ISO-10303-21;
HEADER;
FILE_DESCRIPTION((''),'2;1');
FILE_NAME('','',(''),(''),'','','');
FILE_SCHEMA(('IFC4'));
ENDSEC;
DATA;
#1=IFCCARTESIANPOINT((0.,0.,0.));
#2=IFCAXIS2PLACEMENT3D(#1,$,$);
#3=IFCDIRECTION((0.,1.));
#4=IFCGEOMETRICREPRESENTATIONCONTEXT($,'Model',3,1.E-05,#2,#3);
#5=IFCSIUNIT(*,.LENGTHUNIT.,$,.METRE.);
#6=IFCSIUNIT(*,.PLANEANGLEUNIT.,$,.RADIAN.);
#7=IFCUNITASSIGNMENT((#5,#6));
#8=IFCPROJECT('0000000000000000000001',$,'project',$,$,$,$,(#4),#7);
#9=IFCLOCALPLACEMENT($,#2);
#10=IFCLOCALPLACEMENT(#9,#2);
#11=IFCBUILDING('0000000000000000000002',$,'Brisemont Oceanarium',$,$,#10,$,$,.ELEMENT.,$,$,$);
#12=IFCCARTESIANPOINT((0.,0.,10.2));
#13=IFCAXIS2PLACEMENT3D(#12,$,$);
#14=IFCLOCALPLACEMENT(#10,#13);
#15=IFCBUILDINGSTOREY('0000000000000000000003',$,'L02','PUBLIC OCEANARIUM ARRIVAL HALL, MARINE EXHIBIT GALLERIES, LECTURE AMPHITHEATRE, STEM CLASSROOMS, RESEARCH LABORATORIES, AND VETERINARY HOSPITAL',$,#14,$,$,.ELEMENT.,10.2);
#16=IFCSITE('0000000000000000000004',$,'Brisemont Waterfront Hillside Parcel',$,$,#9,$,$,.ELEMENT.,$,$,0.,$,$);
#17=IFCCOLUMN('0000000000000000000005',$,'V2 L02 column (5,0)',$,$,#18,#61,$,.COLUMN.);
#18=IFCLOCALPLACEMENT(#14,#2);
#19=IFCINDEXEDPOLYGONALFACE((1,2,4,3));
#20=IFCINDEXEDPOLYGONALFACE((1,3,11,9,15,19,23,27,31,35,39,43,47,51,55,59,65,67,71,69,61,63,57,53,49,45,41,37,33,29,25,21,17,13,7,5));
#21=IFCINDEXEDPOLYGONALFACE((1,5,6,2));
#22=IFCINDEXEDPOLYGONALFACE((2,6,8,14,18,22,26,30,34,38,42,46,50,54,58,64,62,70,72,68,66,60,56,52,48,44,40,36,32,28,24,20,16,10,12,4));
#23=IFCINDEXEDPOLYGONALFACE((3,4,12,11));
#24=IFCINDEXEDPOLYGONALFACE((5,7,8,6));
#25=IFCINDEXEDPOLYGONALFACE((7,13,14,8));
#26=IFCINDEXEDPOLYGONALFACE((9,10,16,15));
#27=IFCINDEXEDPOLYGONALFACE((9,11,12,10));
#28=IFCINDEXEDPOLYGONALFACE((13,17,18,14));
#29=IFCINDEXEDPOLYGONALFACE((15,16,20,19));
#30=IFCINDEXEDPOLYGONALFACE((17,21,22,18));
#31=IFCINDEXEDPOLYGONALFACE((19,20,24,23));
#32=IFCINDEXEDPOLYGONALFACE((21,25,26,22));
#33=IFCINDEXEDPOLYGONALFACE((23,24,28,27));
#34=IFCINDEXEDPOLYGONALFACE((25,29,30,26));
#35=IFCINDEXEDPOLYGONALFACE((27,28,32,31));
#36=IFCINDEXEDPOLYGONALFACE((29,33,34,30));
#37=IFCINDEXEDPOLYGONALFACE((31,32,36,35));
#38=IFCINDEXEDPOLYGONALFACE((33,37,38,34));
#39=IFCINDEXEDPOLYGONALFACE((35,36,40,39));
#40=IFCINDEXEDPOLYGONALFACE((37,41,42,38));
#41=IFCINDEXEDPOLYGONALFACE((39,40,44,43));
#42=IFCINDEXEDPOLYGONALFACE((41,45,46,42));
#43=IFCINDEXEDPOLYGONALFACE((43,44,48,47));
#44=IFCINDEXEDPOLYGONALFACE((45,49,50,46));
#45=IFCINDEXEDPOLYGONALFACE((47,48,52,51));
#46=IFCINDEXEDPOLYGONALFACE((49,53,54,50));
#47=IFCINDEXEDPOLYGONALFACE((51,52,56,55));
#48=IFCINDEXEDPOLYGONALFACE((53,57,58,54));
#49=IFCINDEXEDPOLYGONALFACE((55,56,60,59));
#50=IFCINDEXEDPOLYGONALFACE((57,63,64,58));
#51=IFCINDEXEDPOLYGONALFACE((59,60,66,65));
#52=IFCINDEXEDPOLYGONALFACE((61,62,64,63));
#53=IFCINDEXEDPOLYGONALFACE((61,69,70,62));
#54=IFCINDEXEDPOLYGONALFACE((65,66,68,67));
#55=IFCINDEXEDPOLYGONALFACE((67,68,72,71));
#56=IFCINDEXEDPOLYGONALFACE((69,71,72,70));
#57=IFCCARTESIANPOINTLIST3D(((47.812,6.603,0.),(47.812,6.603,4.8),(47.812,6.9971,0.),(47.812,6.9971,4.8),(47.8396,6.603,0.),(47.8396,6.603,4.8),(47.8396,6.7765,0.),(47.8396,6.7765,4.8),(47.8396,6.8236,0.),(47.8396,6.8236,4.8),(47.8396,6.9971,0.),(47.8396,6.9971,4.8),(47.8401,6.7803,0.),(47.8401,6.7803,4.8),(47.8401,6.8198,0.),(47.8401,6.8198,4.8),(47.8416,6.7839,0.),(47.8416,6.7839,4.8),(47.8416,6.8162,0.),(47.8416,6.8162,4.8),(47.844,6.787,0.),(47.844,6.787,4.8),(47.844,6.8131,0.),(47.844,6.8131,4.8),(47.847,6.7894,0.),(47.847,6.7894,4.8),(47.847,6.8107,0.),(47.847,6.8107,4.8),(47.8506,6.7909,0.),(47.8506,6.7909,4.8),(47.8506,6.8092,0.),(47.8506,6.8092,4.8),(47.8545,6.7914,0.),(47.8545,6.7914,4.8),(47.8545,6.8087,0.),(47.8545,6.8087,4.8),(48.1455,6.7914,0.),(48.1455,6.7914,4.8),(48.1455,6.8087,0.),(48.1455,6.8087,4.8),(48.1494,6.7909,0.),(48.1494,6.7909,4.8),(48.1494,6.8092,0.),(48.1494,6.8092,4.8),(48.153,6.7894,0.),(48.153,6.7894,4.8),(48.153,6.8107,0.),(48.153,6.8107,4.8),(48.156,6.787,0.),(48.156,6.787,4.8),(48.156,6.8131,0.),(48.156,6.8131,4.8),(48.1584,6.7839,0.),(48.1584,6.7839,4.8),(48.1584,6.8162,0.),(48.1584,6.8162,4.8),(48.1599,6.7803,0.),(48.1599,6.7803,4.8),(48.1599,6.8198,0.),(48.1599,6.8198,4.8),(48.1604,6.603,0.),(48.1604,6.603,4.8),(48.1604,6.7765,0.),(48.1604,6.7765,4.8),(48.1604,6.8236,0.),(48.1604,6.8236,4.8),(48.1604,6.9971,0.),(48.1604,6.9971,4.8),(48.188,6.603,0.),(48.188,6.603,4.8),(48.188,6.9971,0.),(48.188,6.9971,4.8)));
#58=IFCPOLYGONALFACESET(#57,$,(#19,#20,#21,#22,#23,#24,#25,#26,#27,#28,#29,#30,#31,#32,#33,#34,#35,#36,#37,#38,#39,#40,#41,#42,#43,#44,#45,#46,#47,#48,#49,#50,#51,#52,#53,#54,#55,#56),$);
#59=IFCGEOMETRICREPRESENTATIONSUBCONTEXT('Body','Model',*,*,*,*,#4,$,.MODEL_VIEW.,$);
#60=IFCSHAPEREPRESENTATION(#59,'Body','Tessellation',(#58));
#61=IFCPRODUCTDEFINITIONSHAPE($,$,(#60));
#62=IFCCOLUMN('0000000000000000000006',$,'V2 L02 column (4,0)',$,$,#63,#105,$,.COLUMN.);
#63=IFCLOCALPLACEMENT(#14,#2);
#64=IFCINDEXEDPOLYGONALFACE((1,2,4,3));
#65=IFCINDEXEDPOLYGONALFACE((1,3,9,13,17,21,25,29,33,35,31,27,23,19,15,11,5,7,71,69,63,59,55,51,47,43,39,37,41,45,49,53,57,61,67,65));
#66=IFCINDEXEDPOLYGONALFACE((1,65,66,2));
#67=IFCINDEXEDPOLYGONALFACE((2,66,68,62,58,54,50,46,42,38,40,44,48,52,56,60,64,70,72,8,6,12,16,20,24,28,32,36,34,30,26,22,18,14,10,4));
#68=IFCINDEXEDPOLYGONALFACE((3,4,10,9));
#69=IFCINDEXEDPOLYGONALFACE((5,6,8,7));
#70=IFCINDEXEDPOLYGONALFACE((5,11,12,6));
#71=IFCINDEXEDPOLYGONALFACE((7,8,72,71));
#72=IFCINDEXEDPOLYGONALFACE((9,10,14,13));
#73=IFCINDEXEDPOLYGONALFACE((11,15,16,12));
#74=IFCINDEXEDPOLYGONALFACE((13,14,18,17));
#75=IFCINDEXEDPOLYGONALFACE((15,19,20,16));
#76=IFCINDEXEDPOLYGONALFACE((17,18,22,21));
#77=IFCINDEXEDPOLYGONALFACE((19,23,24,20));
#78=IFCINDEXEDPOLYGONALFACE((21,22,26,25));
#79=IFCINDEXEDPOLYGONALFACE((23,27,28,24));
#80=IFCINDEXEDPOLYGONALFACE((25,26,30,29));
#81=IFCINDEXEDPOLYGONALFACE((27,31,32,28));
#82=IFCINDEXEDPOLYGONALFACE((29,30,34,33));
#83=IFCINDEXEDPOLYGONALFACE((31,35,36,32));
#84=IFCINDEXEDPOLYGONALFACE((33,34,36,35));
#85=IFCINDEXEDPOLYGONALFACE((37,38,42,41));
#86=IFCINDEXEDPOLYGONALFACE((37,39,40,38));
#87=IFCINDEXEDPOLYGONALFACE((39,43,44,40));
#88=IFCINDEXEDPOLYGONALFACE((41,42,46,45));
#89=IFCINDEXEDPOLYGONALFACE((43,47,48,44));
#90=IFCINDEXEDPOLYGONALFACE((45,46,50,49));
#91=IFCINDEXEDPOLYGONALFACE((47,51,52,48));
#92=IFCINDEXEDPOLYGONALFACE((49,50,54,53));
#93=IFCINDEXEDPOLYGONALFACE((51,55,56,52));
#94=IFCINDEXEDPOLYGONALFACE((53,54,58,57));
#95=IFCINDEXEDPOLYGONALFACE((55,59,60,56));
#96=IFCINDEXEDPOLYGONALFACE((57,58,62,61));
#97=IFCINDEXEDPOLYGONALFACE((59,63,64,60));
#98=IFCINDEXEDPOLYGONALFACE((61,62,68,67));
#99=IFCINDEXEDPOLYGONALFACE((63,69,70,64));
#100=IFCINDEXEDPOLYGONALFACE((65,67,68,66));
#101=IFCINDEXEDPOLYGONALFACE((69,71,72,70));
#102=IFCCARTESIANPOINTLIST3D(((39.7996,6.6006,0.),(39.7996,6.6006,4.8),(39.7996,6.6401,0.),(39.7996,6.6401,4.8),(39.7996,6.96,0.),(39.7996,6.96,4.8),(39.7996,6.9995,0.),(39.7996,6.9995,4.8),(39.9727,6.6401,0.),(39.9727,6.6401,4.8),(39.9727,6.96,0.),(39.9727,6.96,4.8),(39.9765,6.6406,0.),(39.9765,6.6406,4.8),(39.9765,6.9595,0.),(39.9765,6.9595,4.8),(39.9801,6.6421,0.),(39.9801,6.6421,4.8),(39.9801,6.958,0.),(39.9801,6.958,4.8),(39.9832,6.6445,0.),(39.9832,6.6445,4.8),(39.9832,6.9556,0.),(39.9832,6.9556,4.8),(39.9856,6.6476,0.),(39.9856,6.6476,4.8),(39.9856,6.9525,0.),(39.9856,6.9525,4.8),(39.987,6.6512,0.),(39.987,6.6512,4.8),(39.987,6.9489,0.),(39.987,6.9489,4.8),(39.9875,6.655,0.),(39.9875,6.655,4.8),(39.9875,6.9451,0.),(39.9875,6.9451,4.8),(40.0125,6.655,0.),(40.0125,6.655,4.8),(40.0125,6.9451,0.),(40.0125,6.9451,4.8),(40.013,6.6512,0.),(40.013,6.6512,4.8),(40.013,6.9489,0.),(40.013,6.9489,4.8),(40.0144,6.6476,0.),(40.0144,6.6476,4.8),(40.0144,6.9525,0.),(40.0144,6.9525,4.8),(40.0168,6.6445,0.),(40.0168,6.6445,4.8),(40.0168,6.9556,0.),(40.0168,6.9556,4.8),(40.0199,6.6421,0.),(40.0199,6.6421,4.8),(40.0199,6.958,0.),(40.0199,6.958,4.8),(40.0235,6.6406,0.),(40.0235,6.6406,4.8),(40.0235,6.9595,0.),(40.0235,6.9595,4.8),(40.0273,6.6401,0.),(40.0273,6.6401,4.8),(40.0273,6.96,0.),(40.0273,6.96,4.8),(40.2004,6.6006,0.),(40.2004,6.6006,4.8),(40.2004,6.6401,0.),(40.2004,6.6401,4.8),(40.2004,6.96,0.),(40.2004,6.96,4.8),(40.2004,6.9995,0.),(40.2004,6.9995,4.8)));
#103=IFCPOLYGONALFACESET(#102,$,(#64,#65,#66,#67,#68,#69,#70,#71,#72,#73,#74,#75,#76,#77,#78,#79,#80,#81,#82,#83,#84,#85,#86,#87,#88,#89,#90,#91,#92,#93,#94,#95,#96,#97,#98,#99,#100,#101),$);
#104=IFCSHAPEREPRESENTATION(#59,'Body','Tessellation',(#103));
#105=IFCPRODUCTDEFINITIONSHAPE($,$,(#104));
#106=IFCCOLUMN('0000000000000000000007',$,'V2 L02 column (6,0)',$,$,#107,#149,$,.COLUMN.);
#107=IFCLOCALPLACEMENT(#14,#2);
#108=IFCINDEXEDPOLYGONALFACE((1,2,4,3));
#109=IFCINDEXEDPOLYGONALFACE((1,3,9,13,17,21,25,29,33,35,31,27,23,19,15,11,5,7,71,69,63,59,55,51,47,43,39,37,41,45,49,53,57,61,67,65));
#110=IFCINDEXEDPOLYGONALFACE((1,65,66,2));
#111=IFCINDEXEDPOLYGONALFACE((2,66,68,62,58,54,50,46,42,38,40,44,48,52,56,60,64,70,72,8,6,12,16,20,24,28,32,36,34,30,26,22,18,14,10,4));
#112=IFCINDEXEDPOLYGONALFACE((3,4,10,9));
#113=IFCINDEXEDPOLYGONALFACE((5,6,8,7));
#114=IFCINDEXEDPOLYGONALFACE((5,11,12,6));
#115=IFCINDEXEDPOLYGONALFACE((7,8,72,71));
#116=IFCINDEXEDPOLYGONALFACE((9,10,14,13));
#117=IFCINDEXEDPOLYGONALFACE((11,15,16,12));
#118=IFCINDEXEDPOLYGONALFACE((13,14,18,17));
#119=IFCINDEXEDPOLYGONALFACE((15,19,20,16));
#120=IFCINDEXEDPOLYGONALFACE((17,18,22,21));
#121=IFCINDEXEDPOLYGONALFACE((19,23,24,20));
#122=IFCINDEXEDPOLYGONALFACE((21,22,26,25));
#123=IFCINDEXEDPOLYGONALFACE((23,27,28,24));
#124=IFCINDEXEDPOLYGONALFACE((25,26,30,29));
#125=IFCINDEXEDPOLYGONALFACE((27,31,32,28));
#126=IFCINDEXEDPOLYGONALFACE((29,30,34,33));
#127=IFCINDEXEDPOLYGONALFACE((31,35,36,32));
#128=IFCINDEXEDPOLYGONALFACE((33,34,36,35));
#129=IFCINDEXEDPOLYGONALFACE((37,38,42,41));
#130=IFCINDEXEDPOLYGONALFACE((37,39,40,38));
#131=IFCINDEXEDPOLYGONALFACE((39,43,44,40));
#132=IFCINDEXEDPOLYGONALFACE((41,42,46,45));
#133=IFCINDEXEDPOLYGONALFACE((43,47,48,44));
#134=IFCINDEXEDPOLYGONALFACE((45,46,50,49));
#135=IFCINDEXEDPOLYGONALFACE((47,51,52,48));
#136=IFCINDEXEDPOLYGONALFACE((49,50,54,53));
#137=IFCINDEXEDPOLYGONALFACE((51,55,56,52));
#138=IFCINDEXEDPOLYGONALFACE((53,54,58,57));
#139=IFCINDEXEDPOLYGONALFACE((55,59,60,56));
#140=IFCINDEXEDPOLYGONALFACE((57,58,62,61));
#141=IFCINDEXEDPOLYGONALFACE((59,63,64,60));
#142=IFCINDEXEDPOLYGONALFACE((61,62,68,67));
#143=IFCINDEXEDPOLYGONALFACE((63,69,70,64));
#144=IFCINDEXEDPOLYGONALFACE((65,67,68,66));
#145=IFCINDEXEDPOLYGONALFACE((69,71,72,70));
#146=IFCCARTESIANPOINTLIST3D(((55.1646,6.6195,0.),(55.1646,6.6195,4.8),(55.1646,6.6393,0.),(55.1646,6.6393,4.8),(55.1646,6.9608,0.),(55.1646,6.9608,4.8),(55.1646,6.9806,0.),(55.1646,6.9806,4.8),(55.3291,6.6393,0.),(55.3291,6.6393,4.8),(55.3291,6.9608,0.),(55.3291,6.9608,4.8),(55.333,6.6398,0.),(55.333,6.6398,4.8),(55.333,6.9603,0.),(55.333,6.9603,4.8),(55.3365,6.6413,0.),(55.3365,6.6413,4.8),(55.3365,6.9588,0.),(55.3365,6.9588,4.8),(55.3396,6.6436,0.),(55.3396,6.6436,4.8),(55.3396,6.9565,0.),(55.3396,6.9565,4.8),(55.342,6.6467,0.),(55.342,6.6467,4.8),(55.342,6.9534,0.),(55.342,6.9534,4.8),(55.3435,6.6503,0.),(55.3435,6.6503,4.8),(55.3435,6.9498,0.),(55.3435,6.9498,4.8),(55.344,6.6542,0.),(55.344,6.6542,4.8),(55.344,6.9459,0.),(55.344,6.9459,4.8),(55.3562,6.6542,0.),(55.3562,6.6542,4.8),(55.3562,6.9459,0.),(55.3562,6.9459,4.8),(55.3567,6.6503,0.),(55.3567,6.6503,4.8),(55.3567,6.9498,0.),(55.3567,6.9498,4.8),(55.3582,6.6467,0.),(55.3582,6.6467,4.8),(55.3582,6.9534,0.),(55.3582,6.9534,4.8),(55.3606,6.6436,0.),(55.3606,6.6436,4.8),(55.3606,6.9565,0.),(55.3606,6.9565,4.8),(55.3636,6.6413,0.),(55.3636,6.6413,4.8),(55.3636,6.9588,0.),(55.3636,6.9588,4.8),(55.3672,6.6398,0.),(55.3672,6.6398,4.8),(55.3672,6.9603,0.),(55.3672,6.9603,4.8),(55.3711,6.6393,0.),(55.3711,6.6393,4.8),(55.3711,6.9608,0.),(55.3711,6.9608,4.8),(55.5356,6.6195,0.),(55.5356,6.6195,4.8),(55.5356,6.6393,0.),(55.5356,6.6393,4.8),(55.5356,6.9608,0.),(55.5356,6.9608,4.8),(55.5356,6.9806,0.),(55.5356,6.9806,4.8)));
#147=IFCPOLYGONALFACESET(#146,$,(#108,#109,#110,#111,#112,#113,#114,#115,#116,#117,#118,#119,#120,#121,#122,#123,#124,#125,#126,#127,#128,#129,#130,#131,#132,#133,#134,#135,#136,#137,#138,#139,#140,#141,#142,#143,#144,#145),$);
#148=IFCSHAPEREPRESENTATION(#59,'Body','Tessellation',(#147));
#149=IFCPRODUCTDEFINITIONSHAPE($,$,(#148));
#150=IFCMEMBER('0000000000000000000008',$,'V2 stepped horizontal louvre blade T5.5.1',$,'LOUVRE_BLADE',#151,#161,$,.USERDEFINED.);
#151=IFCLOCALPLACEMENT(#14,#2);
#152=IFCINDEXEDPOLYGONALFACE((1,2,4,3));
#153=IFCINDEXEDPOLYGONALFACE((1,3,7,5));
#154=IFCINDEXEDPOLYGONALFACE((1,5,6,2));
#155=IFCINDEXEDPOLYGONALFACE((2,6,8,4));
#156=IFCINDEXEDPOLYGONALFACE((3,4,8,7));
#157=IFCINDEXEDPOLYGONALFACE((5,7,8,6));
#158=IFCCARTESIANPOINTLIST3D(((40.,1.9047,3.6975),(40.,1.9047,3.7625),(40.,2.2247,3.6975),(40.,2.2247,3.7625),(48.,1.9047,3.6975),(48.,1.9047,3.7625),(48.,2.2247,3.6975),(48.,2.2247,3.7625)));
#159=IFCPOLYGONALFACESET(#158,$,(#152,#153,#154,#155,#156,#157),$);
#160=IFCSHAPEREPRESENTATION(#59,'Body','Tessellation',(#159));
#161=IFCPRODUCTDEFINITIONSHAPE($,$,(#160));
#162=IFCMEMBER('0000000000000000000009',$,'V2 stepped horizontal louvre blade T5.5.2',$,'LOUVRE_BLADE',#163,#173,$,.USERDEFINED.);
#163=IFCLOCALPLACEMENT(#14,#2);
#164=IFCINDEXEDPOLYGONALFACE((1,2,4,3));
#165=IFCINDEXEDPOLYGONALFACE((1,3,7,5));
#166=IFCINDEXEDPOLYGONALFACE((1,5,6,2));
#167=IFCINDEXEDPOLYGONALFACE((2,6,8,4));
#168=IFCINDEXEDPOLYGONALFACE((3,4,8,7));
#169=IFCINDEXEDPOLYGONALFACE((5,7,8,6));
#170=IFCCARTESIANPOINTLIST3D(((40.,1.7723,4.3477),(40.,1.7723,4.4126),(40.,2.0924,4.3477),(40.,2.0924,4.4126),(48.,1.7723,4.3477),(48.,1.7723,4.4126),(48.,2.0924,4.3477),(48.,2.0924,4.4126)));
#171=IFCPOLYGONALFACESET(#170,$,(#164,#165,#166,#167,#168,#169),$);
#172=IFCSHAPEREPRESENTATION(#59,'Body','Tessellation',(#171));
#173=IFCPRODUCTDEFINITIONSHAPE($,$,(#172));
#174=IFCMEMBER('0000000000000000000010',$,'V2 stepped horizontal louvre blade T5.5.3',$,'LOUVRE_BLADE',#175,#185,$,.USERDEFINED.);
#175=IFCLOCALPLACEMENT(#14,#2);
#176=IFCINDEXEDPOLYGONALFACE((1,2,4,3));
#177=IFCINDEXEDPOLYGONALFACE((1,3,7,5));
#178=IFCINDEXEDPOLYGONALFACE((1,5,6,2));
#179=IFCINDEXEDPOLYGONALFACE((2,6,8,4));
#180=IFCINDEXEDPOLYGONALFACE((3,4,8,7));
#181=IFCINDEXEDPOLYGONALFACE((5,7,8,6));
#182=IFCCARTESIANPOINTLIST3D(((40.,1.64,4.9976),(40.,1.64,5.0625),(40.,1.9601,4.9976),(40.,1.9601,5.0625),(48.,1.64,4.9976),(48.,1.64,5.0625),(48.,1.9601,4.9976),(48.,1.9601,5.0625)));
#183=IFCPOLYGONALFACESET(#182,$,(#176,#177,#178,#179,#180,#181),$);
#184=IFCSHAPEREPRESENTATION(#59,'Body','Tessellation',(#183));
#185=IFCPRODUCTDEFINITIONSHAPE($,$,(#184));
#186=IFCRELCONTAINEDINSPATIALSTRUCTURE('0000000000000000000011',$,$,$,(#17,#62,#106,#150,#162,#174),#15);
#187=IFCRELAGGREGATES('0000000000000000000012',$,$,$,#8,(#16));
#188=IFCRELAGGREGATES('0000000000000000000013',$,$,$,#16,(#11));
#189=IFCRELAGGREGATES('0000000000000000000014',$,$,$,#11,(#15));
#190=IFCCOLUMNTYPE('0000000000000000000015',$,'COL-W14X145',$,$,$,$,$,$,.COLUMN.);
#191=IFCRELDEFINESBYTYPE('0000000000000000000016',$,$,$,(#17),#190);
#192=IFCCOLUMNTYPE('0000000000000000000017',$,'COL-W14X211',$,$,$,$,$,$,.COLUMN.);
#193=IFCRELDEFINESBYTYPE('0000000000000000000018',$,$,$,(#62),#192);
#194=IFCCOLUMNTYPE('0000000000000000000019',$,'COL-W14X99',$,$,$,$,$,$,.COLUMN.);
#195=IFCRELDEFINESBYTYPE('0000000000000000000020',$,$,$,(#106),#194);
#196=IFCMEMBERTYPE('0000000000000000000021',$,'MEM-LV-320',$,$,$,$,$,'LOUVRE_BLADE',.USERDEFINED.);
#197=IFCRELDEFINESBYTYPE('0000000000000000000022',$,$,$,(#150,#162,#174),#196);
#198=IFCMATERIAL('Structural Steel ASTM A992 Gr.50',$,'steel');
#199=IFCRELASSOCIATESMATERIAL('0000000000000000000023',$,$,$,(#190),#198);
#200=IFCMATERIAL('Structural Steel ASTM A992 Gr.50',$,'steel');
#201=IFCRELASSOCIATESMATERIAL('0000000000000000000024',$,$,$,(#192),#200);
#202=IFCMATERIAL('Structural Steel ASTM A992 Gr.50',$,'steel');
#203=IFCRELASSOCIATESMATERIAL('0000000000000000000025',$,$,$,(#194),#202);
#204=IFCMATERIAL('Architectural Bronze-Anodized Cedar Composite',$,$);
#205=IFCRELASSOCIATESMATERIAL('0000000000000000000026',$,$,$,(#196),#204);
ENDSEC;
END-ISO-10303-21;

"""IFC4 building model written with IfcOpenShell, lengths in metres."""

from ifc_helpers import new_model, si_unit, direction, frame, origin, origin_2d, place, context, subcontext, project, spatial, rectangle, i_section, extrude, material, material_profile, profile_set, type_object, element, save


model = new_model("IFC4")

# Units and contexts
model_context = context("Model", 3, precision=1e-05, world=origin(), true_north=direction((0.0, 1.0)))
body_context = subcontext(model_context, "Body", "Model", "MODEL_VIEW")
ifc_project = project(units=[si_unit("LENGTHUNIT", "METRE"), si_unit("PLANEANGLEUNIT", "RADIAN")], contexts=[model_context])

# Site, building, storey
site_placement = place(None, origin())
site = spatial("IfcSite", under=ifc_project, at=site_placement, Name="Brisemont Waterfront Hillside Parcel", CompositionType="ELEMENT", RefElevation=0.0)
building_placement = place(site_placement, origin())
building = spatial("IfcBuilding", under=site, at=building_placement, Name="Brisemont Oceanarium", CompositionType="ELEMENT")
storey_placement = place(building_placement, frame((0.0, 0.0, 10.2)))
storey = spatial("IfcBuildingStorey", under=building, at=storey_placement, Name="L02", Description="PUBLIC OCEANARIUM ARRIVAL HALL, MARINE EXHIBIT GALLERIES, LECTURE AMPHITHEATRE, STEM CLASSROOMS, RESEARCH LABORATORIES, AND VETERINARY HOSPITAL", CompositionType="ELEMENT", Elevation=10.2)

# Columns
ifc_material_1 = material(Name="Structural Steel ASTM A992 Gr.50", Category="steel")
ifc_material_profile_1 = material_profile(ifc_material_1, i_section(OverallWidth=0.394, OverallDepth=0.376, WebThickness=0.0173, FlangeThickness=0.0276, FilletRadius=0.0149, at=origin_2d()), Name="W14X145")
ifc_profile_set_1 = profile_set([ifc_material_profile_1], Name="Structural Steel ASTM A992 Gr.50")
column_type_1 = type_object("IfcColumnType", Name="COL-W14X145", PredefinedType="COLUMN", material=ifc_profile_set_1)
column_1_placement = place(storey_placement, frame((48.0, 6.8, 0.0), z_axis=(0.0, 0.0, 1.0), x_axis=(0.0, 1.0, 0.0)))
element("IfcColumn", 1, at=column_1_placement, inside=storey, type_object=column_type_1, Name="V2 L02 column (5,0)", PredefinedType="COLUMN", context=body_context, shape_type="SweptSolid", body=[
    extrude(i_section(OverallWidth=0.394, OverallDepth=0.376, WebThickness=0.0173, FlangeThickness=0.0276, FilletRadius=0.0149, at=origin_2d()), origin(), (0.0, 0.0, 1.0), 4.8),
])
ifc_material_2 = material(Name="Structural Steel ASTM A992 Gr.50", Category="steel")
ifc_material_profile_2 = material_profile(ifc_material_2, i_section(OverallWidth=0.4009, OverallDepth=0.3989, WebThickness=0.0249, FlangeThickness=0.0396, FilletRadius=0.0149, at=origin_2d()), Name="W14X211")
ifc_profile_set_2 = profile_set([ifc_material_profile_2], Name="Structural Steel ASTM A992 Gr.50")
column_type_2 = type_object("IfcColumnType", Name="COL-W14X211", PredefinedType="COLUMN", material=ifc_profile_set_2)
column_2_placement = place(storey_placement, frame((40.0, 6.8, 0.0), z_axis=(0.0, 0.0, 1.0), x_axis=(1.0, 0.0, 0.0)))
element("IfcColumn", 2, at=column_2_placement, inside=storey, type_object=column_type_2, Name="V2 L02 column (4,0)", PredefinedType="COLUMN", context=body_context, shape_type="SweptSolid", body=[
    extrude(i_section(OverallWidth=0.4009, OverallDepth=0.3989, WebThickness=0.0249, FlangeThickness=0.0396, FilletRadius=0.0149, at=origin_2d()), origin(), (0.0, 0.0, 1.0), 4.8),
])
ifc_material_3 = material(Name="Structural Steel ASTM A992 Gr.50", Category="steel")
ifc_material_profile_3 = material_profile(ifc_material_3, i_section(OverallWidth=0.3711, OverallDepth=0.3611, WebThickness=0.0122, FlangeThickness=0.0198, FilletRadius=0.0149, at=origin_2d()), Name="W14X99")
ifc_profile_set_3 = profile_set([ifc_material_profile_3], Name="Structural Steel ASTM A992 Gr.50")
column_type_3 = type_object("IfcColumnType", Name="COL-W14X99", PredefinedType="COLUMN", material=ifc_profile_set_3)
column_3_placement = place(storey_placement, frame((55.3501, 6.8, 0.0), z_axis=(0.0, 0.0, 1.0), x_axis=(1.0, 0.0, 0.0)))
element("IfcColumn", 3, at=column_3_placement, inside=storey, type_object=column_type_3, Name="V2 L02 column (6,0)", PredefinedType="COLUMN", context=body_context, shape_type="SweptSolid", body=[
    extrude(i_section(OverallWidth=0.3711, OverallDepth=0.3611, WebThickness=0.0122, FlangeThickness=0.0198, FilletRadius=0.0149, at=origin_2d()), origin(), (0.0, 0.0, 1.0), 4.8),
])

# Members
ifc_material_4 = material(Name="Architectural Bronze-Anodized Cedar Composite")
ifc_material_profile_4 = material_profile(ifc_material_4, rectangle(XDim=0.3201, YDim=0.0649, at=origin_2d()), Name="LOUVRE-320X65")
ifc_profile_set_4 = profile_set([ifc_material_profile_4], Name="Architectural Bronze-Anodized Cedar Composite")
member_type_1 = type_object("IfcMemberType", Name="MEM-LV-320", ElementType="LOUVRE_BLADE", PredefinedType="USERDEFINED", material=ifc_profile_set_4)
for number, where, z_axis, x_axis, name in (
    (4, (40.0, 2.0647, 3.73), (1.0, 0.0, 0.0), (0.0, 1.0, 0.0), "V2 stepped horizontal louvre blade T5.5.1"),
    (5, (40.0, 1.9324, 4.3801), (1.0, 0.0, 0.0), (0.0, 1.0, 0.0), "V2 stepped horizontal louvre blade T5.5.2"),
    (6, (40.0, 1.8, 5.03), (1.0, 0.0, 0.0), (0.0, 1.0, 0.0), "V2 stepped horizontal louvre blade T5.5.3"),
):
    element("IfcMember", number, at=place(storey_placement, frame(where, z_axis=z_axis, x_axis=x_axis)), inside=storey, type_object=member_type_1, Name=name, ObjectType="LOUVRE_BLADE", PredefinedType="USERDEFINED", context=body_context, shape_type="SweptSolid", body=[
        extrude(rectangle(XDim=0.3201, YDim=0.0649, at=origin_2d()), origin(), (0.0, 0.0, 1.0), 8.0),
    ])

save(model, "model.ifc")
